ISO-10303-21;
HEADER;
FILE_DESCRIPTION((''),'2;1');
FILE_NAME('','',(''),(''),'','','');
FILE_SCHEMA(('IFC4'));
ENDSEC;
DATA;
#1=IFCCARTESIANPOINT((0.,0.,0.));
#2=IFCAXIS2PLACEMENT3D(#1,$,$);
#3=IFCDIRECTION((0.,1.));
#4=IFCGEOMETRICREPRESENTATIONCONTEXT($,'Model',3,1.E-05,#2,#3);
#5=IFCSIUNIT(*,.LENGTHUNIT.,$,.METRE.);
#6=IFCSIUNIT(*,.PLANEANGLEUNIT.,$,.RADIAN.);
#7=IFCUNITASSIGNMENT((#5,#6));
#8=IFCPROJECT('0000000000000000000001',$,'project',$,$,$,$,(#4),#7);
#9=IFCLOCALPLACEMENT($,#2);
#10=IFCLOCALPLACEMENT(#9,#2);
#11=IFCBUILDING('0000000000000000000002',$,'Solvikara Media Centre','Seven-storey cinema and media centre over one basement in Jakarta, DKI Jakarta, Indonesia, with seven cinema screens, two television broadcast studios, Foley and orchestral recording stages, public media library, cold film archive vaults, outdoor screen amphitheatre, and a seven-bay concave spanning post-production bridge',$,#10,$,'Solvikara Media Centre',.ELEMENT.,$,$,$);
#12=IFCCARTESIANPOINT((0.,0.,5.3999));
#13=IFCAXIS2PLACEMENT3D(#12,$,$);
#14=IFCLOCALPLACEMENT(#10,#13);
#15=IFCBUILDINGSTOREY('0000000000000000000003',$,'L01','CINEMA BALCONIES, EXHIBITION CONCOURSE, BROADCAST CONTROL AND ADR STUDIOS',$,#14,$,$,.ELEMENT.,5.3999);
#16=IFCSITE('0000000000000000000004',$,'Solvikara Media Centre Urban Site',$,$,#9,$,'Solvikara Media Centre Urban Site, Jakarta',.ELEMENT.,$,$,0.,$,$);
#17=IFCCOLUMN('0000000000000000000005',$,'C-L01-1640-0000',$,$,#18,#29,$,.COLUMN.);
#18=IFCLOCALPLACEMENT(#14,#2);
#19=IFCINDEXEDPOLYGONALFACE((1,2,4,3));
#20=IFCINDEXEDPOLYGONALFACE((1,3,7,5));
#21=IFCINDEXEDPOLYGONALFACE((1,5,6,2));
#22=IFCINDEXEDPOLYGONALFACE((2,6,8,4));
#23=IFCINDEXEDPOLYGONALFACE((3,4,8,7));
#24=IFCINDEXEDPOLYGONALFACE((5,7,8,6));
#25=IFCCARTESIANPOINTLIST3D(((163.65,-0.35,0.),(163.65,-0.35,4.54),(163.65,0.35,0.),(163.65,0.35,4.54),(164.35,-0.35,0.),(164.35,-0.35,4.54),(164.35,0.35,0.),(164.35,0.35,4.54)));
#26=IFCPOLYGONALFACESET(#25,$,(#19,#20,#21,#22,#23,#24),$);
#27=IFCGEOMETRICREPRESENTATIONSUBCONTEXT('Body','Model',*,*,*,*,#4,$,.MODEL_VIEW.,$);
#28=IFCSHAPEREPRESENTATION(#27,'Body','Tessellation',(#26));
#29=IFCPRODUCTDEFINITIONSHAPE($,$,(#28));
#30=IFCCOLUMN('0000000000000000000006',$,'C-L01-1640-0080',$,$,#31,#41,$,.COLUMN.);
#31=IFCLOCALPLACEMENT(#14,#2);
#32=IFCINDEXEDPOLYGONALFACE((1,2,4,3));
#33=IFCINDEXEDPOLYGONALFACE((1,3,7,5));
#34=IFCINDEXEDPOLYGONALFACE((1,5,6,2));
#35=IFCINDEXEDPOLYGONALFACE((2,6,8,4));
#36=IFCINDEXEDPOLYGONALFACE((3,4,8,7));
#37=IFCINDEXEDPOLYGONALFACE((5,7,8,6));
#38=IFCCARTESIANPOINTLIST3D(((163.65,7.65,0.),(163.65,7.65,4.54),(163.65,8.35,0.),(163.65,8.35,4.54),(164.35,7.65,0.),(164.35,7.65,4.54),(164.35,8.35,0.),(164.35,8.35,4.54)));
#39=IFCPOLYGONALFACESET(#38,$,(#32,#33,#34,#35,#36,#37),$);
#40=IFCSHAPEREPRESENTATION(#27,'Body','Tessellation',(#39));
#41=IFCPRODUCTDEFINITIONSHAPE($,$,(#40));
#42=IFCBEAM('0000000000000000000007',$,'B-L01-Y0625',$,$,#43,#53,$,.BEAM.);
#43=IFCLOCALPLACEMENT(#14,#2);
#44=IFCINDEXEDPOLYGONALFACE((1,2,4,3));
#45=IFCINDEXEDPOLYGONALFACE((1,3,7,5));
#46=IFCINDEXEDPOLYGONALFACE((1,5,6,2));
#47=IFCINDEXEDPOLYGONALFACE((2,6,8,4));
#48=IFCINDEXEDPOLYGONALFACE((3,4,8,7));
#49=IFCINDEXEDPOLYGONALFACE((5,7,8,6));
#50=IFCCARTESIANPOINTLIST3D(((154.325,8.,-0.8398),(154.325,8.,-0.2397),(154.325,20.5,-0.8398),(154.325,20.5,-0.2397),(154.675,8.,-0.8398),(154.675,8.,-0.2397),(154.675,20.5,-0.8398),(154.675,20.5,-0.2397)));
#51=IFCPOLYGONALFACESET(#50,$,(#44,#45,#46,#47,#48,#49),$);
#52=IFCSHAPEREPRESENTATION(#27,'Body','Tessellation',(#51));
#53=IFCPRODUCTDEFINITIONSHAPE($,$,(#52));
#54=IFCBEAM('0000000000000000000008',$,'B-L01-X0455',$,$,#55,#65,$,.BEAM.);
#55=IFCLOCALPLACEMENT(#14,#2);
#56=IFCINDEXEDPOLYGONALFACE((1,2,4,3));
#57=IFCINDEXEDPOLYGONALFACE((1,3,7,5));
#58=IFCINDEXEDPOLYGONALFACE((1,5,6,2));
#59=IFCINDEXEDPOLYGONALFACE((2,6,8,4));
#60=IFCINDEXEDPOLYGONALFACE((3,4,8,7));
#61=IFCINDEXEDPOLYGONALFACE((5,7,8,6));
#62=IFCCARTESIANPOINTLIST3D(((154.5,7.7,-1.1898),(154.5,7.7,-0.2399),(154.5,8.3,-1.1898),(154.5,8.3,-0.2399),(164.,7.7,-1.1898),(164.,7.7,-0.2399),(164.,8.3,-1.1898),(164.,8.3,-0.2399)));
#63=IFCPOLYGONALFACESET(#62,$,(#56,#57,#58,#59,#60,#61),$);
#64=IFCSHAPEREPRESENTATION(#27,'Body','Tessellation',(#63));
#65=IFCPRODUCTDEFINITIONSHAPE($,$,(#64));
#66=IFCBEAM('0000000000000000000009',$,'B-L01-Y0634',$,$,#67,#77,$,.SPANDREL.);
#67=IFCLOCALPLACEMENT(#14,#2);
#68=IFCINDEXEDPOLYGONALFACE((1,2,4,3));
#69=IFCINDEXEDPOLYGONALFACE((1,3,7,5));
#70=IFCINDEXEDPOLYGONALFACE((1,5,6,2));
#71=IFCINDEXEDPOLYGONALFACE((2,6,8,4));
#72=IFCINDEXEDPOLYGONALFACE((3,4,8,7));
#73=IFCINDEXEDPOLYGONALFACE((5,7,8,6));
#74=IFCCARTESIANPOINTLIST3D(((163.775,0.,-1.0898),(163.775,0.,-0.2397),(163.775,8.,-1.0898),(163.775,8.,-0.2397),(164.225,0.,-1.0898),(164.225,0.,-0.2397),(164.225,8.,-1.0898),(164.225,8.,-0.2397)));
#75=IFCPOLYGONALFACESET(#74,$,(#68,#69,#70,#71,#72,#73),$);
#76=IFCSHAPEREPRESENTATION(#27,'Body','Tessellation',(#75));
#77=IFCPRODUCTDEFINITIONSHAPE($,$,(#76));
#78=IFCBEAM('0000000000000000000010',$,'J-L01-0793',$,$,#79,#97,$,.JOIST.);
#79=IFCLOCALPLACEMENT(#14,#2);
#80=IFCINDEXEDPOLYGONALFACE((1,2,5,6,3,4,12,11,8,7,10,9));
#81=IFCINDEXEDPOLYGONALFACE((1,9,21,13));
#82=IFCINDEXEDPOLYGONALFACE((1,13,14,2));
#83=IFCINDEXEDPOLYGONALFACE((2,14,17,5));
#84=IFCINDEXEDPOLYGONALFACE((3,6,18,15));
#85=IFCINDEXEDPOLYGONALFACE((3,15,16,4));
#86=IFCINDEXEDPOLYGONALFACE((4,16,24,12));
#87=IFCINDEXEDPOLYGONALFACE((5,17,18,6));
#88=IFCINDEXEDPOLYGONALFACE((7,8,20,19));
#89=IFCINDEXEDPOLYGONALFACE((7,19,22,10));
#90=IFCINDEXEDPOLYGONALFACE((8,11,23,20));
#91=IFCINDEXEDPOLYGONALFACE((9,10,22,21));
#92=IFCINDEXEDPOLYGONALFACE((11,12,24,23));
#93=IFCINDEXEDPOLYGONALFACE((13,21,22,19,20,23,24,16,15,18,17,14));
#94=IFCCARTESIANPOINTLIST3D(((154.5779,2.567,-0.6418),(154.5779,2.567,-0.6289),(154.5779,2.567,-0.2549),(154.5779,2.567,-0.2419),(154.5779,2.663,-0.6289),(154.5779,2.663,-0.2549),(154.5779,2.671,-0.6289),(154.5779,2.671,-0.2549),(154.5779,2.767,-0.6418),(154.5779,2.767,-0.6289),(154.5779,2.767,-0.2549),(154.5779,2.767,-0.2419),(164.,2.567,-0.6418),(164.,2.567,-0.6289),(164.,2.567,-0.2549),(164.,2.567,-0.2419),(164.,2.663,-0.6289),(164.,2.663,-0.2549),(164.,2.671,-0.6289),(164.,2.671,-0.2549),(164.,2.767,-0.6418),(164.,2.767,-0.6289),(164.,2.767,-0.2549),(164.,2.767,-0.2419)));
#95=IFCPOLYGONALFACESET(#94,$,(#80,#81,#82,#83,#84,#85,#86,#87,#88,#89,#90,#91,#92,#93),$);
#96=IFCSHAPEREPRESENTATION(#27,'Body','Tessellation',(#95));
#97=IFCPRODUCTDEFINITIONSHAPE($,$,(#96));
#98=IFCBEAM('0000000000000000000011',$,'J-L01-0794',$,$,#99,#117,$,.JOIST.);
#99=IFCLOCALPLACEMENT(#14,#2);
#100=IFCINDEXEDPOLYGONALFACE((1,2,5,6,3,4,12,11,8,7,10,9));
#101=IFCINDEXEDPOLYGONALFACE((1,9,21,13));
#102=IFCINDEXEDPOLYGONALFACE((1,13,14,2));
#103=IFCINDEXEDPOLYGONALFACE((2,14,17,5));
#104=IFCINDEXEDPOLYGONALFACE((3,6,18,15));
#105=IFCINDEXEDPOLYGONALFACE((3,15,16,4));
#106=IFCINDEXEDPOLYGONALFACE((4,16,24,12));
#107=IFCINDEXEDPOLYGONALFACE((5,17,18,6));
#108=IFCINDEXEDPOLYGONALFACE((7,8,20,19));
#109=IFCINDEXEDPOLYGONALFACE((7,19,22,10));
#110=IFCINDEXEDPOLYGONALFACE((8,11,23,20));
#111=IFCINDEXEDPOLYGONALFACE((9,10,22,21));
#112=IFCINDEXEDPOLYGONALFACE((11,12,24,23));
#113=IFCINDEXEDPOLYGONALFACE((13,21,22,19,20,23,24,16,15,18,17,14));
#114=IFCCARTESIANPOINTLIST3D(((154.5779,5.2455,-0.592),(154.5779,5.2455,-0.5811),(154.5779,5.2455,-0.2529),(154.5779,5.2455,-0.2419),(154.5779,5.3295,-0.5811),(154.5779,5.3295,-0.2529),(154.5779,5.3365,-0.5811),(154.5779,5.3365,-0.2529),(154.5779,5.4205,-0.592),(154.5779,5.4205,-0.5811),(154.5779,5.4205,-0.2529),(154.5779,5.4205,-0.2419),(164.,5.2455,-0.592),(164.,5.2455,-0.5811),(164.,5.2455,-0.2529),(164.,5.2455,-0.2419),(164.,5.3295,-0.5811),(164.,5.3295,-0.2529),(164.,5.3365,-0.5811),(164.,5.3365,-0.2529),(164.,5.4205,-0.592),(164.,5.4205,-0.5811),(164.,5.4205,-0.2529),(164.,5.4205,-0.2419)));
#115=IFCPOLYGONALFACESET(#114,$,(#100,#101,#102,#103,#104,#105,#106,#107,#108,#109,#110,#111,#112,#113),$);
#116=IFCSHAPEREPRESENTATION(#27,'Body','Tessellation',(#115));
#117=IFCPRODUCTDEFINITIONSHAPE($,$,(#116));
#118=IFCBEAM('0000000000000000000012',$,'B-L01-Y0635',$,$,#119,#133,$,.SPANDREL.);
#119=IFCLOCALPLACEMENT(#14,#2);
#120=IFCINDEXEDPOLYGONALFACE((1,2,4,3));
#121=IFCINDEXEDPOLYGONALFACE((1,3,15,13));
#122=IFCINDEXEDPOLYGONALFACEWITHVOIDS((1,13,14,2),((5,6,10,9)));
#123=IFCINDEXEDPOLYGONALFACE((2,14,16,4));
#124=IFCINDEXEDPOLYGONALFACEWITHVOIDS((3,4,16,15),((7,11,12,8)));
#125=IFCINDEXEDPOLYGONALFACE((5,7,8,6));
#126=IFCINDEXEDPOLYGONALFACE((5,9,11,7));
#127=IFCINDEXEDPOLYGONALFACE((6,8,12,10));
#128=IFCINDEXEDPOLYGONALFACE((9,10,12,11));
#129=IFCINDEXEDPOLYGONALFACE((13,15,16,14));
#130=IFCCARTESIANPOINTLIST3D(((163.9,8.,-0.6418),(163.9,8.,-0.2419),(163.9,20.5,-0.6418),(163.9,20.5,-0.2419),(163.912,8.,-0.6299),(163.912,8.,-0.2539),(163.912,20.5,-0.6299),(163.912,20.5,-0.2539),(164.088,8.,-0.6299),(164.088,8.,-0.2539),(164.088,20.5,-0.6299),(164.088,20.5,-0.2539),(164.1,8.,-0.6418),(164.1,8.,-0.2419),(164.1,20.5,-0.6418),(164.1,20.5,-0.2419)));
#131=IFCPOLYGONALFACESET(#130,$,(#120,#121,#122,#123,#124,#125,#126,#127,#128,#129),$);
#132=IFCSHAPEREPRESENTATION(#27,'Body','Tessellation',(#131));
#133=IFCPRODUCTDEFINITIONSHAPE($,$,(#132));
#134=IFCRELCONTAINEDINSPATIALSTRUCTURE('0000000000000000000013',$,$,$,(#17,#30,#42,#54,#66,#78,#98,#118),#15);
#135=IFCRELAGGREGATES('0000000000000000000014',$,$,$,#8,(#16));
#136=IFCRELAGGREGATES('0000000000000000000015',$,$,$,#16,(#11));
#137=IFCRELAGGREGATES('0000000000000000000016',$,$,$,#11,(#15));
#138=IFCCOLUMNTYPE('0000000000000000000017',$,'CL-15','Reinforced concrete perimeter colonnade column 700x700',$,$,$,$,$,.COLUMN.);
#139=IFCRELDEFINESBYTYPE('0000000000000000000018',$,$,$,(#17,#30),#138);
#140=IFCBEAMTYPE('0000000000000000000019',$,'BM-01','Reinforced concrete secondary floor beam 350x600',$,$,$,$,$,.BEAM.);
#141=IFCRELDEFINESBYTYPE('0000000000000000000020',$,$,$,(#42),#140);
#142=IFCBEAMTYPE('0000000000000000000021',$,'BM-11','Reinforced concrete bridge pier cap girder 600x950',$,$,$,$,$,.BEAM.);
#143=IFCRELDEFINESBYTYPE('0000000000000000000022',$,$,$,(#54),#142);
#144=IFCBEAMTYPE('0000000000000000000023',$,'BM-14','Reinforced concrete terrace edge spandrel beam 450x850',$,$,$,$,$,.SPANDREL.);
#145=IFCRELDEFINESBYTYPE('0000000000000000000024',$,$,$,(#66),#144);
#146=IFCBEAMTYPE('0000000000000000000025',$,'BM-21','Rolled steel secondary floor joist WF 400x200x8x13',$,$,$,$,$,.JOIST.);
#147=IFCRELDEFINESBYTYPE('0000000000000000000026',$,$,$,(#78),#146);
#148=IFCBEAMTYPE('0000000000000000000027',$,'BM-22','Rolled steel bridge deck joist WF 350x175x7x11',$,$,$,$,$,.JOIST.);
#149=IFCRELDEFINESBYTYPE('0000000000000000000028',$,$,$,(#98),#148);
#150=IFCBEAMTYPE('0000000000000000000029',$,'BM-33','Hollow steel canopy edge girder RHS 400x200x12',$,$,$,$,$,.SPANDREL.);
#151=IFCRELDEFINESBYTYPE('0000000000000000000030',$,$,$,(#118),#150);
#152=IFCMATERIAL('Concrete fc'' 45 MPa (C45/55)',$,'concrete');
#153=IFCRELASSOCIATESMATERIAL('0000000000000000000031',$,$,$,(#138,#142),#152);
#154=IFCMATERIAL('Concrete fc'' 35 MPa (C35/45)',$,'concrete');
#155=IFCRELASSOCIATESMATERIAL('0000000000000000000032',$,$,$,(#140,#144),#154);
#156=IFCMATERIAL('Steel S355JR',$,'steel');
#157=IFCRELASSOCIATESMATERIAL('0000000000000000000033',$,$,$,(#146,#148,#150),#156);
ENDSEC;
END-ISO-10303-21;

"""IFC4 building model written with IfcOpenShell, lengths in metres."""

from ifc_helpers import new_model, si_unit, direction, frame, origin, origin_2d, place, context, subcontext, project, spatial, rectangle, hollow_rectangle, i_section, extrude, material, material_profile, profile_set, type_object, element, save


model = new_model("IFC4")

# Units and contexts
model_context = context("Model", 3, precision=1e-05, world=origin(), true_north=direction((0.0, 1.0)))
body_context = subcontext(model_context, "Body", "Model", "MODEL_VIEW")
ifc_project = project(units=[si_unit("LENGTHUNIT", "METRE"), si_unit("PLANEANGLEUNIT", "RADIAN")], contexts=[model_context])

# Site, building, storey
site_placement = place(None, origin())
site = spatial("IfcSite", under=ifc_project, at=site_placement, Name="Solvikara Media Centre Urban Site", LongName="Solvikara Media Centre Urban Site, Jakarta", CompositionType="ELEMENT", RefElevation=0.0)
building_placement = place(site_placement, origin())
building = spatial("IfcBuilding", under=site, at=building_placement, Name="Solvikara Media Centre", Description="Seven-storey cinema and media centre over one basement in Jakarta, DKI Jakarta, Indonesia, with seven cinema screens, two television broadcast studios, Foley and orchestral recording stages, public media library, cold film archive vaults, outdoor screen amphitheatre, and a seven-bay concave spanning post-production bridge", LongName="Solvikara Media Centre", CompositionType="ELEMENT")
storey_placement = place(building_placement, frame((0.0, 0.0, 5.3999)))
storey = spatial("IfcBuildingStorey", under=building, at=storey_placement, Name="L01", Description="CINEMA BALCONIES, EXHIBITION CONCOURSE, BROADCAST CONTROL AND ADR STUDIOS", CompositionType="ELEMENT", Elevation=5.3999)

# Columns
ifc_material_1 = material(Name="Concrete fc' 45 MPa (C45/55)", Category="concrete")
ifc_material_profile_1 = material_profile(ifc_material_1, rectangle(XDim=0.7, YDim=0.7, at=origin_2d()), Name="RC 700x700")
ifc_profile_set_1 = profile_set([ifc_material_profile_1], Name="Concrete fc' 45 MPa (C45/55)")
column_type = type_object("IfcColumnType", Name="CL-15", Description="Reinforced concrete perimeter colonnade column 700x700", PredefinedType="COLUMN", material=ifc_profile_set_1)
for number, where, z_axis, x_axis, name in (
    (1, (164.0, 0.0, 0.0), (0.0, 0.0, 1.0), (1.0, 0.0, 0.0), "C-L01-1640-0000"),
    (2, (164.0, 8.0, 0.0), (0.0, 0.0, 1.0), (1.0, 0.0, 0.0), "C-L01-1640-0080"),
):
    element("IfcColumn", number, at=place(storey_placement, frame(where, z_axis=z_axis, x_axis=x_axis)), inside=storey, type_object=column_type, Name=name, PredefinedType="COLUMN", context=body_context, shape_type="SweptSolid", body=[
        extrude(rectangle(XDim=0.7, YDim=0.7, at=origin_2d()), origin(), (0.0, 0.0, 1.0), 4.54),
    ])

# Beams
ifc_material_2 = material(Name="Concrete fc' 35 MPa (C35/45)", Category="concrete")
ifc_material_profile_2 = material_profile(ifc_material_2, rectangle(XDim=0.3501, YDim=0.6001, at=origin_2d()), Name="RC 350x600")
ifc_profile_set_2 = profile_set([ifc_material_profile_2], Name="Concrete fc' 35 MPa (C35/45)")
beam_type_1 = type_object("IfcBeamType", Name="BM-01", Description="Reinforced concrete secondary floor beam 350x600", PredefinedType="BEAM", material=ifc_profile_set_2)
beam_1_placement = place(storey_placement, frame((154.5, 8.0, -0.5398), z_axis=(0.0, 1.0, 0.0), x_axis=(-1.0, 0.0, 0.0)))
element("IfcBeam", 3, at=beam_1_placement, inside=storey, type_object=beam_type_1, Name="B-L01-Y0625", PredefinedType="BEAM", context=body_context, shape_type="SweptSolid", body=[
    extrude(rectangle(XDim=0.3501, YDim=0.6001, at=origin_2d()), origin(), (0.0, 0.0, 1.0), 12.5),
])
ifc_material_profile_3 = material_profile(ifc_material_1, rectangle(XDim=0.6001, YDim=0.95, at=origin_2d()), Name="RC 600x950")
ifc_profile_set_3 = profile_set([ifc_material_profile_3], Name="Concrete fc' 45 MPa (C45/55)")
beam_type_2 = type_object("IfcBeamType", Name="BM-11", Description="Reinforced concrete bridge pier cap girder 600x950", PredefinedType="BEAM", material=ifc_profile_set_3)
beam_2_placement = place(storey_placement, frame((154.5, 8.0, -0.7148), z_axis=(1.0, 0.0, 0.0), x_axis=(0.0, 1.0, 0.0)))
element("IfcBeam", 4, at=beam_2_placement, inside=storey, type_object=beam_type_2, Name="B-L01-X0455", PredefinedType="BEAM", context=body_context, shape_type="SweptSolid", body=[
    extrude(rectangle(XDim=0.6001, YDim=0.95, at=origin_2d()), origin(), (0.0, 0.0, 1.0), 9.5),
])
ifc_material_profile_4 = material_profile(ifc_material_2, rectangle(XDim=0.45, YDim=0.8501, at=origin_2d()), Name="RC 450x850")
ifc_profile_set_4 = profile_set([ifc_material_profile_4], Name="Concrete fc' 35 MPa (C35/45)")
beam_type_3 = type_object("IfcBeamType", Name="BM-14", Description="Reinforced concrete terrace edge spandrel beam 450x850", PredefinedType="SPANDREL", material=ifc_profile_set_4)
beam_3_placement = place(storey_placement, frame((164.0, 0.0, -0.6648), z_axis=(0.0, 1.0, 0.0), x_axis=(-1.0, 0.0, 0.0)))
element("IfcBeam", 5, at=beam_3_placement, inside=storey, type_object=beam_type_3, Name="B-L01-Y0634", PredefinedType="SPANDREL", context=body_context, shape_type="SweptSolid", body=[
    extrude(rectangle(XDim=0.45, YDim=0.8501, at=origin_2d()), origin(), (0.0, 0.0, 1.0), 8.0),
])
ifc_material_3 = material(Name="Steel S355JR", Category="steel")
ifc_material_profile_5 = material_profile(ifc_material_3, i_section(OverallWidth=0.2, OverallDepth=0.3999, WebThickness=0.0081, FlangeThickness=0.0129, at=origin_2d()), Name="WF 400x200x8x13")
ifc_profile_set_5 = profile_set([ifc_material_profile_5], Name="Steel S355JR")
beam_type_4 = type_object("IfcBeamType", Name="BM-21", Description="Rolled steel secondary floor joist WF 400x200x8x13", PredefinedType="JOIST", material=ifc_profile_set_5)
beam_4_placement = place(storey_placement, frame((154.5779, 2.667, -0.4419), z_axis=(1.0, 0.0, 0.0), x_axis=(0.0, 1.0, 0.0)))
element("IfcBeam", 6, at=beam_4_placement, inside=storey, type_object=beam_type_4, Name="J-L01-0793", PredefinedType="JOIST", context=body_context, shape_type="SweptSolid", body=[
    extrude(i_section(OverallWidth=0.2, OverallDepth=0.3999, WebThickness=0.0081, FlangeThickness=0.0129, at=origin_2d()), origin(), (0.0, 0.0, 1.0), 9.4221),
])
ifc_material_profile_6 = material_profile(ifc_material_3, i_section(OverallWidth=0.175, OverallDepth=0.3501, WebThickness=0.0071, FlangeThickness=0.011, at=origin_2d()), Name="WF 350x175x7x11")
ifc_profile_set_6 = profile_set([ifc_material_profile_6], Name="Steel S355JR")
beam_type_5 = type_object("IfcBeamType", Name="BM-22", Description="Rolled steel bridge deck joist WF 350x175x7x11", PredefinedType="JOIST", material=ifc_profile_set_6)
beam_5_placement = place(storey_placement, frame((154.5779, 5.333, -0.417), z_axis=(1.0, 0.0, 0.0), x_axis=(0.0, 1.0, 0.0)))
element("IfcBeam", 7, at=beam_5_placement, inside=storey, type_object=beam_type_5, Name="J-L01-0794", PredefinedType="JOIST", context=body_context, shape_type="SweptSolid", body=[
    extrude(i_section(OverallWidth=0.175, OverallDepth=0.3501, WebThickness=0.0071, FlangeThickness=0.011, at=origin_2d()), origin(), (0.0, 0.0, 1.0), 9.4221),
])
ifc_material_profile_7 = material_profile(ifc_material_3, hollow_rectangle(XDim=0.2, YDim=0.3999, WallThickness=0.012, at=origin_2d()), Name="RHS 400x200x12")
ifc_profile_set_7 = profile_set([ifc_material_profile_7], Name="Steel S355JR")
beam_type_6 = type_object("IfcBeamType", Name="BM-33", Description="Hollow steel canopy edge girder RHS 400x200x12", PredefinedType="SPANDREL", material=ifc_profile_set_7)
beam_6_placement = place(storey_placement, frame((164.0, 8.0, -0.4419), z_axis=(0.0, 1.0, 0.0), x_axis=(-1.0, 0.0, 0.0)))
element("IfcBeam", 8, at=beam_6_placement, inside=storey, type_object=beam_type_6, Name="B-L01-Y0635", PredefinedType="SPANDREL", context=body_context, shape_type="SweptSolid", body=[
    extrude(hollow_rectangle(XDim=0.2, YDim=0.3999, WallThickness=0.012, at=origin_2d()), origin(), (0.0, 0.0, 1.0), 12.5),
])

save(model, "model.ifc")
